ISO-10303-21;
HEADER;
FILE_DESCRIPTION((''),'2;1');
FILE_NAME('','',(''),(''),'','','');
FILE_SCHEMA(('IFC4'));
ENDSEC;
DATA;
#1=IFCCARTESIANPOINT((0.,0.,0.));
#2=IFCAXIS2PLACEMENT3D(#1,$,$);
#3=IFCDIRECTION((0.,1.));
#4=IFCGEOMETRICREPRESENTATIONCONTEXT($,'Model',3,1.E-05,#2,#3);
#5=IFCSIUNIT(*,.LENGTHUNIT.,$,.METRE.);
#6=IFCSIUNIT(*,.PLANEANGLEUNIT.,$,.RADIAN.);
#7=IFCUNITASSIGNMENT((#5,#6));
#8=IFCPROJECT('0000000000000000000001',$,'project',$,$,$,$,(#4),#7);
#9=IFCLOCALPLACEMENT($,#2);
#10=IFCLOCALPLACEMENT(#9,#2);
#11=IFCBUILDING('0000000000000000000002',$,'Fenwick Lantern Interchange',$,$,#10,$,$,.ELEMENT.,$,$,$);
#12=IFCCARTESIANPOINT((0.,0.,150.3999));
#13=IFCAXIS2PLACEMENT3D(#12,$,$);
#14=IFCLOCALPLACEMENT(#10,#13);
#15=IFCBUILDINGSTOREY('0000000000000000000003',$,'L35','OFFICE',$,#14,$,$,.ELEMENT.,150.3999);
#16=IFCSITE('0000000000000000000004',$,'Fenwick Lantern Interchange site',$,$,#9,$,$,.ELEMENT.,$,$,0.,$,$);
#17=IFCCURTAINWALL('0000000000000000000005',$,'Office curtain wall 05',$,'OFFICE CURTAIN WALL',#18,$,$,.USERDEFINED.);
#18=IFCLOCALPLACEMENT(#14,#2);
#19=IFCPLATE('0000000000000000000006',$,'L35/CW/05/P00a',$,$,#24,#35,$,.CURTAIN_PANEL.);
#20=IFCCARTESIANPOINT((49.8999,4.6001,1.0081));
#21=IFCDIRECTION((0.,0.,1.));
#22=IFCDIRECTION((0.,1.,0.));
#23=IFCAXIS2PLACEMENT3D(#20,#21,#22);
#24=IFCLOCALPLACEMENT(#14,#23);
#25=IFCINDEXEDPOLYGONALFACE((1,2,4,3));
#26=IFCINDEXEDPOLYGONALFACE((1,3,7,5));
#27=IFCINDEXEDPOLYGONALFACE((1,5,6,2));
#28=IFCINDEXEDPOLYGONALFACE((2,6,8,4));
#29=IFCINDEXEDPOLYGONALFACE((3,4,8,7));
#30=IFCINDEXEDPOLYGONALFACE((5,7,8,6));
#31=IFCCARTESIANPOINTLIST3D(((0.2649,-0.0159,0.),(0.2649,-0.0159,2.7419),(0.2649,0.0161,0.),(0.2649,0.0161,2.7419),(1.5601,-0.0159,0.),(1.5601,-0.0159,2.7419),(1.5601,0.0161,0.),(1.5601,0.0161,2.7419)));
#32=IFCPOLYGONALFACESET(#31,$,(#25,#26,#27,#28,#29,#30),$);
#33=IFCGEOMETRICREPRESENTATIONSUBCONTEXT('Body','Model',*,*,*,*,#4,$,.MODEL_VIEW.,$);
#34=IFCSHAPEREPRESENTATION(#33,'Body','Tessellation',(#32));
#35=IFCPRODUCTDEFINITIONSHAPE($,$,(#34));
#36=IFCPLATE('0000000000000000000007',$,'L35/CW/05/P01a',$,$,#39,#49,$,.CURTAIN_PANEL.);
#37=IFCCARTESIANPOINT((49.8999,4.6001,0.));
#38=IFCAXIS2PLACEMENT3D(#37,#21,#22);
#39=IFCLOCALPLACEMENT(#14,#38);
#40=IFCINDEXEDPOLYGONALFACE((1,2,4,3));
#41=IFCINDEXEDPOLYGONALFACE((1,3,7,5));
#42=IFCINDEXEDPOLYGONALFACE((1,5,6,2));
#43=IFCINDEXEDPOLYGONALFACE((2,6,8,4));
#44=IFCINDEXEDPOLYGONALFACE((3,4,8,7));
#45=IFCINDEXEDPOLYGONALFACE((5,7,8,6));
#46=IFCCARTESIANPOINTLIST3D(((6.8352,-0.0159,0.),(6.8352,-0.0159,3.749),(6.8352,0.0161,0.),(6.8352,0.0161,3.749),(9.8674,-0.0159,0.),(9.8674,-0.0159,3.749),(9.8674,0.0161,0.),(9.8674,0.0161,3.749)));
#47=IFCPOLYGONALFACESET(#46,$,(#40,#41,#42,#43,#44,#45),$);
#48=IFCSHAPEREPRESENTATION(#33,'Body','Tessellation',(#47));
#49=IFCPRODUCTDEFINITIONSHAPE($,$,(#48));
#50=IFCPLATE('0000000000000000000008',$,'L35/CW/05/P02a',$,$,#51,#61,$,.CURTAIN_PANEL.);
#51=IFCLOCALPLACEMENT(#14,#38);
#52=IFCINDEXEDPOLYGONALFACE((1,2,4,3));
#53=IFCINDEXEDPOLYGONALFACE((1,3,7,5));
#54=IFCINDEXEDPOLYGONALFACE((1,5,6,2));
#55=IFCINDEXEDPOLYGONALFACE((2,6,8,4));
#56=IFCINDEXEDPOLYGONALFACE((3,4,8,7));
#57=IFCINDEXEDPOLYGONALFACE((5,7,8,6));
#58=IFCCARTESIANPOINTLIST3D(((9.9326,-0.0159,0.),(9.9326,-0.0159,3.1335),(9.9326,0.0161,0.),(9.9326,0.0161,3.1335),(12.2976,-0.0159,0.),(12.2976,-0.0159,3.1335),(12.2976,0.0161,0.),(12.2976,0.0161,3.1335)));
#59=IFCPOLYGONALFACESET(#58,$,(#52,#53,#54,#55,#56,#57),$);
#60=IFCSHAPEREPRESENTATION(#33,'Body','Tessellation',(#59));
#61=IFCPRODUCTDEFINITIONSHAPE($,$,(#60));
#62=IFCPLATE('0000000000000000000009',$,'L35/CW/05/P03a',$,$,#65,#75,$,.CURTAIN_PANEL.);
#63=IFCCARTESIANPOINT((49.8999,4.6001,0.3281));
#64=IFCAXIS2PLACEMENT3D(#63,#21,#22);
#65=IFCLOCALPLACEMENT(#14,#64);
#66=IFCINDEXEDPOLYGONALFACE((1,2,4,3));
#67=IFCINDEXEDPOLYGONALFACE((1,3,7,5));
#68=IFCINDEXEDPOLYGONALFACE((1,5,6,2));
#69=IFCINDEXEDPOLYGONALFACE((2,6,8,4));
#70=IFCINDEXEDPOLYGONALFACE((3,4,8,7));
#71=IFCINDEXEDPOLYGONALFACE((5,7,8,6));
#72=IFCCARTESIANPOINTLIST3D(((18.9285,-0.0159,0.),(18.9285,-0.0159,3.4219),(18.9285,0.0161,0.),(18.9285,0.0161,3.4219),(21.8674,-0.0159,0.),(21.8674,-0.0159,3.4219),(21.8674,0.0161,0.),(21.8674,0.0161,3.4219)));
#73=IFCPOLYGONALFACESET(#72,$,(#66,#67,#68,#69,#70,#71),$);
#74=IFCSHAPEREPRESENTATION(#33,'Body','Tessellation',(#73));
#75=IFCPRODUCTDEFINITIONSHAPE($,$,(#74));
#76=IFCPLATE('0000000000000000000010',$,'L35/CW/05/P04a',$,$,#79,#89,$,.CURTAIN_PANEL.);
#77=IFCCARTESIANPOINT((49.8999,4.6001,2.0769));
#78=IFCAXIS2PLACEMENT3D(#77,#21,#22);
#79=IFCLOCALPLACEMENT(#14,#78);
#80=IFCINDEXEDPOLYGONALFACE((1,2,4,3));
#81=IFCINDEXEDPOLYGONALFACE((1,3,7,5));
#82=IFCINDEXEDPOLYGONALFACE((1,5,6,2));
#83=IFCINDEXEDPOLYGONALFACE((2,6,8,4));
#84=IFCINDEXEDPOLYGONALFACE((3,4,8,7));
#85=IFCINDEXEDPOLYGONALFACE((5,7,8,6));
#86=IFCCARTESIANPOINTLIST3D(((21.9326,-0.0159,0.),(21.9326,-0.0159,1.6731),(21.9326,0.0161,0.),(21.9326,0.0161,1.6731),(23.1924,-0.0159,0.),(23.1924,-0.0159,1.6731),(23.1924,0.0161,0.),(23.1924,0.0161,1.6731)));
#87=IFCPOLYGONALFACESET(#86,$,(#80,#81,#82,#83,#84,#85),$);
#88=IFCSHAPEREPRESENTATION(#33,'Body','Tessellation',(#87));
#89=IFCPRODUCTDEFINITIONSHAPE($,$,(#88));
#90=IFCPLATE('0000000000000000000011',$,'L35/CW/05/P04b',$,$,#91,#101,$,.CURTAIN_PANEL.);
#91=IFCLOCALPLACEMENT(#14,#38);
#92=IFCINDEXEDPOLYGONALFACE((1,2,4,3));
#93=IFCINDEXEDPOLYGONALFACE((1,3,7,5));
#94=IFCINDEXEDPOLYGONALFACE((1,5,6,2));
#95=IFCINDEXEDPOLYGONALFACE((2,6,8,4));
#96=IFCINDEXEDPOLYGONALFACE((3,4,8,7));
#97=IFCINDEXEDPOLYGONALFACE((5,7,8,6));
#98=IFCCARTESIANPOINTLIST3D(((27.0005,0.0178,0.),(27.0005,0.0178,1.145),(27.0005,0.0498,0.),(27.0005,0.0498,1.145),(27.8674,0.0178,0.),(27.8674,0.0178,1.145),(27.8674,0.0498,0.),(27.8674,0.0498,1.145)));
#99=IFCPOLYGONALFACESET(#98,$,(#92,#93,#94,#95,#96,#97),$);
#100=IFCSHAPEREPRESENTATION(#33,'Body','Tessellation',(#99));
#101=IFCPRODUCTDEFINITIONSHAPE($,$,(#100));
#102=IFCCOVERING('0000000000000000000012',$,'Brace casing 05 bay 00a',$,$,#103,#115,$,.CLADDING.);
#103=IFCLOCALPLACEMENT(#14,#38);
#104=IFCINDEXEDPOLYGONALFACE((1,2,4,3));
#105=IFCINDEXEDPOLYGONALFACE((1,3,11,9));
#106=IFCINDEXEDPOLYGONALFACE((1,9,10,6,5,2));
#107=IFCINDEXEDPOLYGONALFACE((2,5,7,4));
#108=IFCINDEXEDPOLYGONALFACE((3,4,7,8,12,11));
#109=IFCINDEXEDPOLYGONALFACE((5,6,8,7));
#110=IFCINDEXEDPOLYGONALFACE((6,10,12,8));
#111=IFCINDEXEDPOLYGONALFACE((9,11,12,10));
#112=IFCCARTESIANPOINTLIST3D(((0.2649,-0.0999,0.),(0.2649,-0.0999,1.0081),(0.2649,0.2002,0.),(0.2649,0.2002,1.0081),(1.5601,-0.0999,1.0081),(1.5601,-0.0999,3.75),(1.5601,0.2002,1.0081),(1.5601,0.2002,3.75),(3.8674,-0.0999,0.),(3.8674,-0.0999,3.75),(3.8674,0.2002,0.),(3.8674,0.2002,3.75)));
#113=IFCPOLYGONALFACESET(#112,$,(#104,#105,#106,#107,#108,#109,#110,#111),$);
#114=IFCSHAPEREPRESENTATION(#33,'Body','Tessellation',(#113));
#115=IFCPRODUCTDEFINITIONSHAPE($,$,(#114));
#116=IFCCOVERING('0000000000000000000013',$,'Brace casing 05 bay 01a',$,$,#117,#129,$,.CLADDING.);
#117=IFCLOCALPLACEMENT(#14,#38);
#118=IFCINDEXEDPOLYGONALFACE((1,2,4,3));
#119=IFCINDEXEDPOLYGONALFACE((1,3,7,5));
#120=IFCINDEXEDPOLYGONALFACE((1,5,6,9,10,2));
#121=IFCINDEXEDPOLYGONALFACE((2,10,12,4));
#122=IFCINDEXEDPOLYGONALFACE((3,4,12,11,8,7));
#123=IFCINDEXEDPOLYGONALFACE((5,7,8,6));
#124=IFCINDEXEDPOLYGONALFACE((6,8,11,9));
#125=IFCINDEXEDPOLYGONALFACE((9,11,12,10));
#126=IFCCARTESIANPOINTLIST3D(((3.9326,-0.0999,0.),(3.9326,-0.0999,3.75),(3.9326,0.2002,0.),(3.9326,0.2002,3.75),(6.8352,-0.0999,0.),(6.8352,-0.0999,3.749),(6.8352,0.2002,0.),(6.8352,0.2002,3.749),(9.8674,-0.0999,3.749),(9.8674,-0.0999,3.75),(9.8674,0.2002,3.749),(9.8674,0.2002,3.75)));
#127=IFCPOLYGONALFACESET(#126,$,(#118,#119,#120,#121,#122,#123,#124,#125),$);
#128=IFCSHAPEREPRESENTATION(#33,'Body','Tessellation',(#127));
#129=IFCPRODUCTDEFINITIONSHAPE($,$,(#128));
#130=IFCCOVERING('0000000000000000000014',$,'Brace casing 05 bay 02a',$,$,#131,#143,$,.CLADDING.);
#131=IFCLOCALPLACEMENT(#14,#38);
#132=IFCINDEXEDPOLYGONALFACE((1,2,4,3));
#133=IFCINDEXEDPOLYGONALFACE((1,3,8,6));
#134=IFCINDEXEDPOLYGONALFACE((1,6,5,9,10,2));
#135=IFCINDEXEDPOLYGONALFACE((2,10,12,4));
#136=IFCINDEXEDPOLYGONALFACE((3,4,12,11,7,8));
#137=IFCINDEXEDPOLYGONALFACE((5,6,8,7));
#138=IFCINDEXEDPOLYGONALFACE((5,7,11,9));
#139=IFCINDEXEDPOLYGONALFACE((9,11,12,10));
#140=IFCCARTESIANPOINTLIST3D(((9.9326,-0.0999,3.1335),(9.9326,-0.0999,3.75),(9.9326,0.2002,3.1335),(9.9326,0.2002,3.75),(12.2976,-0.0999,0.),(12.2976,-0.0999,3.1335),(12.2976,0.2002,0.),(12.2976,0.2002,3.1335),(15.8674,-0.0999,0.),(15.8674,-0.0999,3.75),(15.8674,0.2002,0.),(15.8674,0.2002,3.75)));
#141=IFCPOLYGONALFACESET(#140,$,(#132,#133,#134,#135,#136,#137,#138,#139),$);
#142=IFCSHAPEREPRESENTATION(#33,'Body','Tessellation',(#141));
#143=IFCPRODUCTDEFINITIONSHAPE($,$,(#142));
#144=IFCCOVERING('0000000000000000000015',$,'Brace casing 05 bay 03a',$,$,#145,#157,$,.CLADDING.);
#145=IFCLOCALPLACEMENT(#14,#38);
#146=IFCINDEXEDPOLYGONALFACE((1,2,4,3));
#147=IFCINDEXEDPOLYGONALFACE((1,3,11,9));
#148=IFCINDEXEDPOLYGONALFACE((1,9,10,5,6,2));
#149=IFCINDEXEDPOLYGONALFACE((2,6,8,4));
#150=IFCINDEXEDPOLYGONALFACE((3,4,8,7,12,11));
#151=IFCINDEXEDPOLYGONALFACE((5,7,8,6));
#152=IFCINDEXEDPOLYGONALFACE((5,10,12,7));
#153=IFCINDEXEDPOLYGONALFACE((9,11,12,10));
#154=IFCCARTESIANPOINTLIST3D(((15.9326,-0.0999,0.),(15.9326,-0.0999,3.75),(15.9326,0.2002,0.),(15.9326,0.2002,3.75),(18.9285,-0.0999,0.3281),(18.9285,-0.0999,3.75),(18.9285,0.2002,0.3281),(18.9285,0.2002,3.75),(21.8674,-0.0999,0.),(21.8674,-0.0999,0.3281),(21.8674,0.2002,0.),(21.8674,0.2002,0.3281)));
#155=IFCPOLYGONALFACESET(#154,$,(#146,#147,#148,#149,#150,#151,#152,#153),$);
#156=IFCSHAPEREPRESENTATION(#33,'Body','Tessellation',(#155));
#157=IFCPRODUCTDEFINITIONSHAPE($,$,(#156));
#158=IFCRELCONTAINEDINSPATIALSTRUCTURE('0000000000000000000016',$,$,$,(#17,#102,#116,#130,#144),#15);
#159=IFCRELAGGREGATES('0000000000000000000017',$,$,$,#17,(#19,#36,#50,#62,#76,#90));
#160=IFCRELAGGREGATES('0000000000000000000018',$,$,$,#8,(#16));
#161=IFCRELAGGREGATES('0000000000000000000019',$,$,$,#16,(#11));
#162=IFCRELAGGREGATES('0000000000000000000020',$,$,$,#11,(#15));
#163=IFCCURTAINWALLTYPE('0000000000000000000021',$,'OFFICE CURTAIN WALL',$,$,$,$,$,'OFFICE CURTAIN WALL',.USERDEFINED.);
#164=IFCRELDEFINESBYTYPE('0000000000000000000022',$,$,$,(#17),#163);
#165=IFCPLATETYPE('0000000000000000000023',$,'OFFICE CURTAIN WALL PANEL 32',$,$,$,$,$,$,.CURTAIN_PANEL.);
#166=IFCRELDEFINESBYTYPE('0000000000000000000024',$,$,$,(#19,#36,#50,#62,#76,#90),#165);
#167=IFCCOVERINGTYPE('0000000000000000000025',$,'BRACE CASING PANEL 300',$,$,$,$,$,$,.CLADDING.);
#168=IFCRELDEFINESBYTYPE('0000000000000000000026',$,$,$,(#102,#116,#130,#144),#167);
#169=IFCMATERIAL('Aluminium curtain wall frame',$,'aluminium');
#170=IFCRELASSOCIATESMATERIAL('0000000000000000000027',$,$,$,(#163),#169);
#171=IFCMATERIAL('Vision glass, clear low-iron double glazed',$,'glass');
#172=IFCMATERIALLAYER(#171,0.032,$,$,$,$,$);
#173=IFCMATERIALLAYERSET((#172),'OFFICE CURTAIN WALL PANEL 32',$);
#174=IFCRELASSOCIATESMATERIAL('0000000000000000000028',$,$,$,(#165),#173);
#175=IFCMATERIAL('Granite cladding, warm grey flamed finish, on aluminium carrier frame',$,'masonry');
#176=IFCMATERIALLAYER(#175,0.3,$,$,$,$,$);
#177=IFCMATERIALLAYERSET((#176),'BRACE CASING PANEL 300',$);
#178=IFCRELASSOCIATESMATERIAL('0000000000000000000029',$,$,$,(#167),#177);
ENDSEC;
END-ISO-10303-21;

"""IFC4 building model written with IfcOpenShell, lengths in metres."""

from ifc_helpers import new_model, si_unit, direction, frame, origin, place, context, subcontext, project, spatial, polyline, outline, extrude, material, layer, layer_set, type_object, element, aggregate, save


model = new_model("IFC4")

# Units and contexts
model_context = context("Model", 3, precision=1e-05, world=origin(), true_north=direction((0.0, 1.0)))
body_context = subcontext(model_context, "Body", "Model", "MODEL_VIEW")
ifc_project = project(units=[si_unit("LENGTHUNIT", "METRE"), si_unit("PLANEANGLEUNIT", "RADIAN")], contexts=[model_context])

# Site, building, storey
site_placement = place(None, origin())
site = spatial("IfcSite", under=ifc_project, at=site_placement, Name="Fenwick Lantern Interchange site", CompositionType="ELEMENT", RefElevation=0.0)
building_placement = place(site_placement, origin())
building = spatial("IfcBuilding", under=site, at=building_placement, Name="Fenwick Lantern Interchange", CompositionType="ELEMENT")
storey_placement = place(building_placement, frame((0.0, 0.0, 150.3999)))
storey = spatial("IfcBuildingStorey", under=building, at=storey_placement, Name="L35", Description="OFFICE", CompositionType="ELEMENT", Elevation=150.3999)

# Shared definitions
ifc_material_1 = material(Name="Aluminium curtain wall frame", Category="aluminium")
curtain_wall_type = type_object("IfcCurtainWallType", Name="OFFICE CURTAIN WALL", ElementType="OFFICE CURTAIN WALL", PredefinedType="USERDEFINED", material=ifc_material_1)

# Shared definitions
ifc_material_2 = material(Name="Vision glass, clear low-iron double glazed", Category="glass")
ifc_layer_1 = layer(ifc_material_2, 0.032)
ifc_layer_set_1 = layer_set([ifc_layer_1], Name="OFFICE CURTAIN WALL PANEL 32")
plate_type = type_object("IfcPlateType", Name="OFFICE CURTAIN WALL PANEL 32", PredefinedType="CURTAIN_PANEL", material=ifc_layer_set_1)

# Curtain wall, plates
curtain_wall_1_placement = place(storey_placement, origin())
curtain_wall_1 = element("IfcCurtainWall", 1, at=curtain_wall_1_placement, inside=storey, type_object=curtain_wall_type, Name="Office curtain wall 05", ObjectType="OFFICE CURTAIN WALL", PredefinedType="USERDEFINED")
plate_1_placement = place(storey_placement, frame((49.8999, 4.6001, 1.0081), z_axis=(0.0, 0.0, 1.0), x_axis=(0.0, 1.0, 0.0)))
plate_1 = element("IfcPlate", 2, at=plate_1_placement, type_object=plate_type, Name="L35/CW/05/P00a", PredefinedType="CURTAIN_PANEL", context=body_context, shape_type="SweptSolid", body=[
    extrude(outline(polyline([(0.2649, 0.0), (1.5601, 0.0), (1.5601, 2.7419), (0.2649, 2.7419), (0.2649, 0.0)])), frame((0.0, 0.0161, 0.0), z_axis=(0.0, -1.0, 0.0), x_axis=(1.0, 0.0, 0.0)), (0.0, 0.0, 1.0), 0.032),
])
plate_2_placement = place(storey_placement, frame((49.8999, 4.6001, 0.0), z_axis=(0.0, 0.0, 1.0), x_axis=(0.0, 1.0, 0.0)))
plate_2 = element("IfcPlate", 3, at=plate_2_placement, type_object=plate_type, Name="L35/CW/05/P01a", PredefinedType="CURTAIN_PANEL", context=body_context, shape_type="SweptSolid", body=[
    extrude(outline(polyline([(6.8352, 0.0), (9.8674, 0.0), (9.8674, 3.749), (6.8352, 3.749), (6.8352, 0.0)])), frame((0.0, 0.0161, 0.0), z_axis=(0.0, -1.0, 0.0), x_axis=(1.0, 0.0, 0.0)), (0.0, 0.0, 1.0), 0.032),
])
plate_3_placement = place(storey_placement, frame((49.8999, 4.6001, 0.0), z_axis=(0.0, 0.0, 1.0), x_axis=(0.0, 1.0, 0.0)))
plate_3 = element("IfcPlate", 4, at=plate_3_placement, type_object=plate_type, Name="L35/CW/05/P02a", PredefinedType="CURTAIN_PANEL", context=body_context, shape_type="SweptSolid", body=[
    extrude(outline(polyline([(9.9326, 0.0), (12.2976, 0.0), (12.2976, 3.1335), (9.9326, 3.1335), (9.9326, 0.0)])), frame((0.0, 0.0161, 0.0), z_axis=(0.0, -1.0, 0.0), x_axis=(1.0, 0.0, 0.0)), (0.0, 0.0, 1.0), 0.032),
])
plate_4_placement = place(storey_placement, frame((49.8999, 4.6001, 0.3281), z_axis=(0.0, 0.0, 1.0), x_axis=(0.0, 1.0, 0.0)))
plate_4 = element("IfcPlate", 5, at=plate_4_placement, type_object=plate_type, Name="L35/CW/05/P03a", PredefinedType="CURTAIN_PANEL", context=body_context, shape_type="SweptSolid", body=[
    extrude(outline(polyline([(18.9285, 0.0), (21.8674, 0.0), (21.8674, 3.4219), (18.9285, 3.4219), (18.9285, 0.0)])), frame((0.0, 0.0161, 0.0), z_axis=(0.0, -1.0, 0.0), x_axis=(1.0, 0.0, 0.0)), (0.0, 0.0, 1.0), 0.032),
])
plate_5_placement = place(storey_placement, frame((49.8999, 4.6001, 2.0769), z_axis=(0.0, 0.0, 1.0), x_axis=(0.0, 1.0, 0.0)))
plate_5 = element("IfcPlate", 6, at=plate_5_placement, type_object=plate_type, Name="L35/CW/05/P04a", PredefinedType="CURTAIN_PANEL", context=body_context, shape_type="SweptSolid", body=[
    extrude(outline(polyline([(21.9326, 0.0), (23.1924, 0.0), (23.1924, 1.6731), (21.9326, 1.6731), (21.9326, 0.0)])), frame((0.0, 0.0161, 0.0), z_axis=(0.0, -1.0, 0.0), x_axis=(1.0, 0.0, 0.0)), (0.0, 0.0, 1.0), 0.032),
])
plate_6_placement = place(storey_placement, frame((49.8999, 4.6001, 0.0), z_axis=(0.0, 0.0, 1.0), x_axis=(0.0, 1.0, 0.0)))
plate_6 = element("IfcPlate", 7, at=plate_6_placement, type_object=plate_type, Name="L35/CW/05/P04b", PredefinedType="CURTAIN_PANEL", context=body_context, shape_type="SweptSolid", body=[
    extrude(outline(polyline([(27.0005, 0.0), (27.8674, 0.0), (27.8674, 1.145), (27.0005, 1.145), (27.0005, 0.0)])), frame((0.0, 0.0498, 0.0), z_axis=(0.0, -1.0, 0.0), x_axis=(1.0, 0.0, 0.0)), (0.0, 0.0, 1.0), 0.032),
])
aggregate(curtain_wall_1, [plate_1, plate_2, plate_3, plate_4, plate_5, plate_6])

# Coverings
ifc_material_3 = material(Name="Granite cladding, warm grey flamed finish, on aluminium carrier frame", Category="masonry")
ifc_layer_2 = layer(ifc_material_3, 0.3)
ifc_layer_set_2 = layer_set([ifc_layer_2], Name="BRACE CASING PANEL 300")
covering_type = type_object("IfcCoveringType", Name="BRACE CASING PANEL 300", PredefinedType="CLADDING", material=ifc_layer_set_2)
covering_1_placement = place(storey_placement, frame((49.8999, 4.6001, 0.0), z_axis=(0.0, 0.0, 1.0), x_axis=(0.0, 1.0, 0.0)))
element("IfcCovering", 8, at=covering_1_placement, inside=storey, type_object=covering_type, Name="Brace casing 05 bay 00a", PredefinedType="CLADDING", context=body_context, shape_type="SweptSolid", body=[
    extrude(outline(polyline([(0.2649, 0.0), (3.8674, 0.0), (3.8674, 3.75), (1.5601, 3.75), (1.5601, 1.0081), (0.2649, 1.0081), (0.2649, 0.0)])), frame((0.0, 0.2002, 0.0), z_axis=(0.0, -1.0, 0.0), x_axis=(1.0, 0.0, 0.0)), (0.0, 0.0, 1.0), 0.3),
])
covering_2_placement = place(storey_placement, frame((49.8999, 4.6001, 0.0), z_axis=(0.0, 0.0, 1.0), x_axis=(0.0, 1.0, 0.0)))
element("IfcCovering", 9, at=covering_2_placement, inside=storey, type_object=covering_type, Name="Brace casing 05 bay 01a", PredefinedType="CLADDING", context=body_context, shape_type="SweptSolid", body=[
    extrude(outline(polyline([(3.9326, 0.0), (6.8352, 0.0), (6.8352, 3.749), (9.8674, 3.749), (9.8674, 3.75), (3.9326, 3.75), (3.9326, 0.0)])), frame((0.0, 0.2002, 0.0), z_axis=(0.0, -1.0, 0.0), x_axis=(1.0, 0.0, 0.0)), (0.0, 0.0, 1.0), 0.3),
])
covering_3_placement = place(storey_placement, frame((49.8999, 4.6001, 0.0), z_axis=(0.0, 0.0, 1.0), x_axis=(0.0, 1.0, 0.0)))
element("IfcCovering", 10, at=covering_3_placement, inside=storey, type_object=covering_type, Name="Brace casing 05 bay 02a", PredefinedType="CLADDING", context=body_context, shape_type="SweptSolid", body=[
    extrude(outline(polyline([(12.2976, 0.0), (15.8674, 0.0), (15.8674, 3.75), (9.9326, 3.75), (9.9326, 3.1335), (12.2976, 3.1335), (12.2976, 0.0)])), frame((0.0, 0.2002, 0.0), z_axis=(0.0, -1.0, 0.0), x_axis=(1.0, 0.0, 0.0)), (0.0, 0.0, 1.0), 0.3),
])
covering_4_placement = place(storey_placement, frame((49.8999, 4.6001, 0.0), z_axis=(0.0, 0.0, 1.0), x_axis=(0.0, 1.0, 0.0)))
element("IfcCovering", 11, at=covering_4_placement, inside=storey, type_object=covering_type, Name="Brace casing 05 bay 03a", PredefinedType="CLADDING", context=body_context, shape_type="SweptSolid", body=[
    extrude(outline(polyline([(15.9326, 0.0), (21.8674, 0.0), (21.8674, 0.3281), (18.9285, 0.3281), (18.9285, 3.75), (15.9326, 3.75), (15.9326, 0.0)])), frame((0.0, 0.2002, 0.0), z_axis=(0.0, -1.0, 0.0), x_axis=(1.0, 0.0, 0.0)), (0.0, 0.0, 1.0), 0.3),
])

save(model, "model.ifc")
